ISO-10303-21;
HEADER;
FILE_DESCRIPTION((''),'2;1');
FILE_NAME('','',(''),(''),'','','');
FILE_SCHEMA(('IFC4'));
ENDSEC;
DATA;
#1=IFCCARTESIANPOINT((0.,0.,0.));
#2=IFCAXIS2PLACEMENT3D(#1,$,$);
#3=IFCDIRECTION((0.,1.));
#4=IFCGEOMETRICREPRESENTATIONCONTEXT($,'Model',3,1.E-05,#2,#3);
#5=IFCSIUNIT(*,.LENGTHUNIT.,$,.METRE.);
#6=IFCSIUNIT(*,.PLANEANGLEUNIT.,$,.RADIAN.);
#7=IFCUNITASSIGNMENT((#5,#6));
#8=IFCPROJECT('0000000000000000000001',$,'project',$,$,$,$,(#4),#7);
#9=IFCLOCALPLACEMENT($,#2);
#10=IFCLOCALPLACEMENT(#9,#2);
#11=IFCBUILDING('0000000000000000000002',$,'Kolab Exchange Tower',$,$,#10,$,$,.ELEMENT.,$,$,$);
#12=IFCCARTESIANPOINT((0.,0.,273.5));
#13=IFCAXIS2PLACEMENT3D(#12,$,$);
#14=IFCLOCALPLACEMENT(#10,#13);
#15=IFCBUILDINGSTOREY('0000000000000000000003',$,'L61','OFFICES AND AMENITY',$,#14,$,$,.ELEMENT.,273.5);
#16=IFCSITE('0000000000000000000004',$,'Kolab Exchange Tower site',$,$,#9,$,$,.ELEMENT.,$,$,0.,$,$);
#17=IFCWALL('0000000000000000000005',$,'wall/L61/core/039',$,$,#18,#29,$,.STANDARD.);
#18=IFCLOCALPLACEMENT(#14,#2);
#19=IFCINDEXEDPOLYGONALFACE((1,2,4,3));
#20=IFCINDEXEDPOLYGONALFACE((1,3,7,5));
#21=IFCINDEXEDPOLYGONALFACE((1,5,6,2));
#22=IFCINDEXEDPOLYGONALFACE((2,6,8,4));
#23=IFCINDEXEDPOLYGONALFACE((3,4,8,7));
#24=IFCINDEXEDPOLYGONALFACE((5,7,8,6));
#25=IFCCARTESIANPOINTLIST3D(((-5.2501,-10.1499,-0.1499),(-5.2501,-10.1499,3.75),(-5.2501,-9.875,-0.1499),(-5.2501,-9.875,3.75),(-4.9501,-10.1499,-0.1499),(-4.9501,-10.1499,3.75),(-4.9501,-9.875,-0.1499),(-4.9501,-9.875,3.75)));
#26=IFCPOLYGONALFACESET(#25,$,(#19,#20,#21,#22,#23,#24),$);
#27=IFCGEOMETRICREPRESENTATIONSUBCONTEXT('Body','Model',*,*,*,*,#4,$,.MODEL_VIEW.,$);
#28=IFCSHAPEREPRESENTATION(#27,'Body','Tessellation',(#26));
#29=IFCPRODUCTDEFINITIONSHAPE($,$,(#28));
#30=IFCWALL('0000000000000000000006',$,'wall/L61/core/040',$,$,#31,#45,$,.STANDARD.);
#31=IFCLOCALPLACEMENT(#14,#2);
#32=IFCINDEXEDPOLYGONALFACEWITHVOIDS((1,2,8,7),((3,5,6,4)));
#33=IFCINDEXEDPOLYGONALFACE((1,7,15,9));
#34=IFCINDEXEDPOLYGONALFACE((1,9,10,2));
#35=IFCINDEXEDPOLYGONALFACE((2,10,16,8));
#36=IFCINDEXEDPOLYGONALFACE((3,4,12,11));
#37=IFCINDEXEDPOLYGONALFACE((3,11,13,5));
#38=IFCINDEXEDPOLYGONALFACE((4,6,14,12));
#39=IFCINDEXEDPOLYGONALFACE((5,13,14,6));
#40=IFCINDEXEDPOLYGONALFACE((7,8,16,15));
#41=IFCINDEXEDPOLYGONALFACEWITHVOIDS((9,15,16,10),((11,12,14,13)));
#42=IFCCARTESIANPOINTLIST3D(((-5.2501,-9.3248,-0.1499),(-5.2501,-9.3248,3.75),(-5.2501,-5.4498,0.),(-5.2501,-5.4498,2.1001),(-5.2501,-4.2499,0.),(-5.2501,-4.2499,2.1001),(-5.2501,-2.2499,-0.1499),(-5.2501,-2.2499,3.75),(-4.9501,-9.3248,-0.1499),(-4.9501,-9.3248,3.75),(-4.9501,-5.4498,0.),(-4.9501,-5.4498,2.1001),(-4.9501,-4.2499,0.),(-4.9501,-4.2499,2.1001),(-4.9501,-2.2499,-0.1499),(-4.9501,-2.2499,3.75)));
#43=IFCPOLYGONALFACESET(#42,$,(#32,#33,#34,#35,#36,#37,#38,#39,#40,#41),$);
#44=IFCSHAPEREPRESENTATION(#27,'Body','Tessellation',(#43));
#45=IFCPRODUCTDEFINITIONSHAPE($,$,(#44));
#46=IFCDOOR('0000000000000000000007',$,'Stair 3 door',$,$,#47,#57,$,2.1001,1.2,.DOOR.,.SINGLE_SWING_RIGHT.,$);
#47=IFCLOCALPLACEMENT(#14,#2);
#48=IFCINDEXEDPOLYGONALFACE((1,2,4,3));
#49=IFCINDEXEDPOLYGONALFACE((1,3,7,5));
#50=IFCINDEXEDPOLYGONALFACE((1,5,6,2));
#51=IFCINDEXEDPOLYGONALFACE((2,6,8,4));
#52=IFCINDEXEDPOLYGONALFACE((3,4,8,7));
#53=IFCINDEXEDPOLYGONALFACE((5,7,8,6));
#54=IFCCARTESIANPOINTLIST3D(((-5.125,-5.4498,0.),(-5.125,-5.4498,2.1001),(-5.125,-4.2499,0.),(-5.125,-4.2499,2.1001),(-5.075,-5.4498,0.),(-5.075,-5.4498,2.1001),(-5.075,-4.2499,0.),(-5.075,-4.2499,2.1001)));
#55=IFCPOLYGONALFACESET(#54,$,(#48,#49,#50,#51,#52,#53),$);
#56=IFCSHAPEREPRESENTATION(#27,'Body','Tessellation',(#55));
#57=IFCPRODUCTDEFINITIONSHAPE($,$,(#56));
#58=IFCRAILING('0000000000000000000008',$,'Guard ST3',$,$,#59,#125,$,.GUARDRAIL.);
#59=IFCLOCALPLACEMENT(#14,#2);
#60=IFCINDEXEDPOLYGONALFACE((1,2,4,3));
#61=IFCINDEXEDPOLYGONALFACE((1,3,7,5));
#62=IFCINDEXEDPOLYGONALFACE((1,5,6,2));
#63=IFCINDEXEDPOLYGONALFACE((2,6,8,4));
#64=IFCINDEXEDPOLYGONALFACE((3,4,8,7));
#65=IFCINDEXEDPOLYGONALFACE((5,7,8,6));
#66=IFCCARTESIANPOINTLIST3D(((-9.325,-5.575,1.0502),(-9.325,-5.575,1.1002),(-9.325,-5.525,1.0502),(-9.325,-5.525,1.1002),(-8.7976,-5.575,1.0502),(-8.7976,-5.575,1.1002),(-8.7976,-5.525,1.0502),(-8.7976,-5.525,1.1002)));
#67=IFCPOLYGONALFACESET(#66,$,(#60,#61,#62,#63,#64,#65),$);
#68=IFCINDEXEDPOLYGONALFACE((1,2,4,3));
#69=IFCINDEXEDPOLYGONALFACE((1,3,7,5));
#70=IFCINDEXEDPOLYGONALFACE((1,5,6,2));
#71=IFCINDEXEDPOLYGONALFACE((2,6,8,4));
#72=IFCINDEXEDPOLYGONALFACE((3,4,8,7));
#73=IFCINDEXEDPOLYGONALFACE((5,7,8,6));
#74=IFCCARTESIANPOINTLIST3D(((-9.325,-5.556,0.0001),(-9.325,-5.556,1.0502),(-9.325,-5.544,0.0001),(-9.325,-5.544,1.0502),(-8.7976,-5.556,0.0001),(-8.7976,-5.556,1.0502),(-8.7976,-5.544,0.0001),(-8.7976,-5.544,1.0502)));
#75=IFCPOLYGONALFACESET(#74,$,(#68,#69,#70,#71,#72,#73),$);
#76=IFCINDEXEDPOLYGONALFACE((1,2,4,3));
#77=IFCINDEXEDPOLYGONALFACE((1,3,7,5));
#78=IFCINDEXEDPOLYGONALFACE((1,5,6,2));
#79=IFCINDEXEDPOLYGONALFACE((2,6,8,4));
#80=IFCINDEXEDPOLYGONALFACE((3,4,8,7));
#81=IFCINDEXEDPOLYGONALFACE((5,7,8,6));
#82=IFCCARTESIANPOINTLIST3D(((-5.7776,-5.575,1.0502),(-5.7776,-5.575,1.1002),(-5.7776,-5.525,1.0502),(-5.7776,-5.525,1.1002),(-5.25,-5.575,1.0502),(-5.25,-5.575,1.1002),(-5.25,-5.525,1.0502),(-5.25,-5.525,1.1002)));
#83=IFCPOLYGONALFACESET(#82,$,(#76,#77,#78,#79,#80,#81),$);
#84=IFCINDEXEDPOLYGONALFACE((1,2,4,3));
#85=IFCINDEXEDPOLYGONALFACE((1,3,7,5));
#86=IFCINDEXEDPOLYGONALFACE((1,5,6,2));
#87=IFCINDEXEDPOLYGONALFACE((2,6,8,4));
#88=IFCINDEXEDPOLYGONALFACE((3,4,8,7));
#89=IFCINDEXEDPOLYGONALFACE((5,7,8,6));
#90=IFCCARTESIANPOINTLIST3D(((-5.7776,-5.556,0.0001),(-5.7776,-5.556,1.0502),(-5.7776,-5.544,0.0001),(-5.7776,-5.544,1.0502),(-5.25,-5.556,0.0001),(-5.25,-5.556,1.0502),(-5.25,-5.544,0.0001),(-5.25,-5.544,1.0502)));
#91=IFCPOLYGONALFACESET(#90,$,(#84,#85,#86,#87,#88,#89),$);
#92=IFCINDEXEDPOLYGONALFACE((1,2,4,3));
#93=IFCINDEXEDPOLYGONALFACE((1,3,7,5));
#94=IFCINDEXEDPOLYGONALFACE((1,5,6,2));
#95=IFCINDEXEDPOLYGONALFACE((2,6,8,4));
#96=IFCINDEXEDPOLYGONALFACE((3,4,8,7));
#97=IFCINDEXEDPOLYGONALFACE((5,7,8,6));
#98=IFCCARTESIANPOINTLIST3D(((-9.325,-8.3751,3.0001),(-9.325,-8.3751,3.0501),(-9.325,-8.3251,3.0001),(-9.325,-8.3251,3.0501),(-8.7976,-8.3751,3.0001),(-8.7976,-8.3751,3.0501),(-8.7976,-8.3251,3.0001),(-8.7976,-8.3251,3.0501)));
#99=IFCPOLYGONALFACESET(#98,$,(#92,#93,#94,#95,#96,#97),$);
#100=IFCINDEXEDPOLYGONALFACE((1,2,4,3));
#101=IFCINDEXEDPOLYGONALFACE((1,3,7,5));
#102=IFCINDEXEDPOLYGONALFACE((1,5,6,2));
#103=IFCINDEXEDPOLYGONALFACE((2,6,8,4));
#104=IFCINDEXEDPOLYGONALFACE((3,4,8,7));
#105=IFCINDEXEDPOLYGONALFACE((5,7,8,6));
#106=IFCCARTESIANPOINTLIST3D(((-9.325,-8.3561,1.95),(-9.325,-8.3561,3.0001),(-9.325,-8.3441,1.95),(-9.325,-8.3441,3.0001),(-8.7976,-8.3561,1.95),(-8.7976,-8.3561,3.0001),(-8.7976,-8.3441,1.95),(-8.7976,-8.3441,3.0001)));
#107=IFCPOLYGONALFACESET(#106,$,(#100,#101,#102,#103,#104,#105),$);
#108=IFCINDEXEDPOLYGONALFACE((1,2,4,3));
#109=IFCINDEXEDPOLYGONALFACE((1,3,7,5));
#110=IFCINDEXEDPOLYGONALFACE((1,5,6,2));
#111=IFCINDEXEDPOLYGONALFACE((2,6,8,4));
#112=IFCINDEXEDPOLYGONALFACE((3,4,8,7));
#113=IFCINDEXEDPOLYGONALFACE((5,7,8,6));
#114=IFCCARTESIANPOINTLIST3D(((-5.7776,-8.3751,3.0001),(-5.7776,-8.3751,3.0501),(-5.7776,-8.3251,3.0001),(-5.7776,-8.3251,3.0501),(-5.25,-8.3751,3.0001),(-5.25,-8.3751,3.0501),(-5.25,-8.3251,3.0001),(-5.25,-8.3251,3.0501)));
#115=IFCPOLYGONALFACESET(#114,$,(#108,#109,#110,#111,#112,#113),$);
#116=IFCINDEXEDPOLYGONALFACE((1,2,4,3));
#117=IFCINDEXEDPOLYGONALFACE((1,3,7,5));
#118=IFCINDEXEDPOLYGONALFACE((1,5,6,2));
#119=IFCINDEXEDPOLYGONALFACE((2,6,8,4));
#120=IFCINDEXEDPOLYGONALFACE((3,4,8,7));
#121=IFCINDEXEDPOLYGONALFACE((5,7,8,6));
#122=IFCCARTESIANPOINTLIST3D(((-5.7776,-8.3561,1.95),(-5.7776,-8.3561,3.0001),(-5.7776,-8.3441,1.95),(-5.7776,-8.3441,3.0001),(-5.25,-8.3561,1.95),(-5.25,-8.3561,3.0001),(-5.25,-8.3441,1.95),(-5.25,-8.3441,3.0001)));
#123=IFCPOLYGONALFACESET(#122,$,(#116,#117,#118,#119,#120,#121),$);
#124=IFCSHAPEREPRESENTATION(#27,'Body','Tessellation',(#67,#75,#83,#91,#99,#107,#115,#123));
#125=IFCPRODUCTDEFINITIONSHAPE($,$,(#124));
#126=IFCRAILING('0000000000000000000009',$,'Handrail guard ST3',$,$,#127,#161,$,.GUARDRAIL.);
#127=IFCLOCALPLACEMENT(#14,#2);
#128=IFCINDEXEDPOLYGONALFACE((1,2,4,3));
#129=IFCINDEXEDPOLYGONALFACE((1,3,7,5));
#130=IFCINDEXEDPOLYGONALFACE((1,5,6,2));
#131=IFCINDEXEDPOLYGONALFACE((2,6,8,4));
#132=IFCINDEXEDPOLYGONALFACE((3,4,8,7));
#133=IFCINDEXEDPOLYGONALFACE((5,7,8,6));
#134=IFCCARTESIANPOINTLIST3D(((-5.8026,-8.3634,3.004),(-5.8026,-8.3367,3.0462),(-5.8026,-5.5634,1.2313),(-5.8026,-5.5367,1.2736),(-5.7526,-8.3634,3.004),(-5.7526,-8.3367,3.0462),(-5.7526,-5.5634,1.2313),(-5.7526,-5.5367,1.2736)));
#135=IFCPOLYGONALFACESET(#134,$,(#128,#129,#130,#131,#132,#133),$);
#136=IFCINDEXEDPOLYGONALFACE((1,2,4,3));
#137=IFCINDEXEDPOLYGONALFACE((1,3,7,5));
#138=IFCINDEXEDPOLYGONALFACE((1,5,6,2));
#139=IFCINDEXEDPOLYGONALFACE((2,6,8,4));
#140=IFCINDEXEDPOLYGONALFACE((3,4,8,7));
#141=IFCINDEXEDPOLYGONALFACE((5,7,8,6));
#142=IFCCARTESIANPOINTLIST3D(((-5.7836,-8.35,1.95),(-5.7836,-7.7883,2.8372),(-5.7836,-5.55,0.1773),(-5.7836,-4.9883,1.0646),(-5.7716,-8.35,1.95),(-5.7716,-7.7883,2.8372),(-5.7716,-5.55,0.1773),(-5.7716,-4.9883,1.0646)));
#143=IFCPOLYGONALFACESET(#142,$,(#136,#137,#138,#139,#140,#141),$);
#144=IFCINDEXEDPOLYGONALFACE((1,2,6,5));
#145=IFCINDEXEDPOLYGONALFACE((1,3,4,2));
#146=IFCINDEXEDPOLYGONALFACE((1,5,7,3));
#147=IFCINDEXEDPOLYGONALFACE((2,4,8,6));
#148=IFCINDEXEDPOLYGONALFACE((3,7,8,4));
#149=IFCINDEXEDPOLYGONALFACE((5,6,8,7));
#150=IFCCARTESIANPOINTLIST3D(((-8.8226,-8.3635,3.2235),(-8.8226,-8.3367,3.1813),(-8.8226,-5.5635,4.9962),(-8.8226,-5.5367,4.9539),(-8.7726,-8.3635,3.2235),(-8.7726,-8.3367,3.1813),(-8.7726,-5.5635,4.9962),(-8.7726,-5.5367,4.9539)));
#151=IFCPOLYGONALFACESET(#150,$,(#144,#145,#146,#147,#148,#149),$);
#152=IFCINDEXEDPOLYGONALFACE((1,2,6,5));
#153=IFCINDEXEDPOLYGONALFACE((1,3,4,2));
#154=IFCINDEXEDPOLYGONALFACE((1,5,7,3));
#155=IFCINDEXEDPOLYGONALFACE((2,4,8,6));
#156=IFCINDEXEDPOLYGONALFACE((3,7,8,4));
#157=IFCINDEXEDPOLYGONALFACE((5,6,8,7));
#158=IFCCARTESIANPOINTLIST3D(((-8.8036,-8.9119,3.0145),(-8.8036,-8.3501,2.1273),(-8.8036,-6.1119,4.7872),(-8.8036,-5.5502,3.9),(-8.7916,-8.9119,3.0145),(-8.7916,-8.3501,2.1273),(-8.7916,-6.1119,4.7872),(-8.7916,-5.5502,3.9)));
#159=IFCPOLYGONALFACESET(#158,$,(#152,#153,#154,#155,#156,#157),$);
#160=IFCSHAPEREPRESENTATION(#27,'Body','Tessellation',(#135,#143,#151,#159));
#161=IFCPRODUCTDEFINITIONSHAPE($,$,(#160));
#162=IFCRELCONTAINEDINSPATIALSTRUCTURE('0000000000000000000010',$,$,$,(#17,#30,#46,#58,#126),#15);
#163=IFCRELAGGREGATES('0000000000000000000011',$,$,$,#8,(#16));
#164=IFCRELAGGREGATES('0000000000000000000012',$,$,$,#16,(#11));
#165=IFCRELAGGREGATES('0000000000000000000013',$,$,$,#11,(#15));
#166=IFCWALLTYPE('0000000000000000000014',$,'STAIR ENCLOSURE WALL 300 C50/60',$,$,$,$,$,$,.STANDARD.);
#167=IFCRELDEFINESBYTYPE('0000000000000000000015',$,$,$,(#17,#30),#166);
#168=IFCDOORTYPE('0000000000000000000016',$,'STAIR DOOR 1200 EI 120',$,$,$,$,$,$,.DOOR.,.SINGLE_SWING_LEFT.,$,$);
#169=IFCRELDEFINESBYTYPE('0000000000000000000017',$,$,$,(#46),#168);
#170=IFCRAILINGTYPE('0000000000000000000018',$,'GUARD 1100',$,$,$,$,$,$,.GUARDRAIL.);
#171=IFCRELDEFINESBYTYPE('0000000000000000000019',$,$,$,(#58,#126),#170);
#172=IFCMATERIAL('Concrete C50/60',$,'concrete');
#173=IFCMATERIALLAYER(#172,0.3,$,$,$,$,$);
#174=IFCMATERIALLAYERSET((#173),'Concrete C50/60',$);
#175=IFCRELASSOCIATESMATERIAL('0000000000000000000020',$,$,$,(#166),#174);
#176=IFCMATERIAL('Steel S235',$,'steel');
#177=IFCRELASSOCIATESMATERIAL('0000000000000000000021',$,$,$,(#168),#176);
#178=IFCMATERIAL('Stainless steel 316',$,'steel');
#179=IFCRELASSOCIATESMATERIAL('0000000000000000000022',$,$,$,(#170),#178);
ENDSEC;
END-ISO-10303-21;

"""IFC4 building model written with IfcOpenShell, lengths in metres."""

from ifc_helpers import new_model, si_unit, direction, frame, frame_2d, origin, origin_2d, place, context, subcontext, project, spatial, rectangle, extrude, material, layer, layer_set, type_object, element, fill, save


model = new_model("IFC4")

# Units and contexts
model_context = context("Model", 3, precision=1e-05, world=origin(), true_north=direction((0.0, 1.0)))
body_context = subcontext(model_context, "Body", "Model", "MODEL_VIEW")
ifc_project = project(units=[si_unit("LENGTHUNIT", "METRE"), si_unit("PLANEANGLEUNIT", "RADIAN")], contexts=[model_context])

# Site, building, storey
site_placement = place(None, origin())
site = spatial("IfcSite", under=ifc_project, at=site_placement, Name="Kolab Exchange Tower site", CompositionType="ELEMENT", RefElevation=0.0)
building_placement = place(site_placement, origin())
building = spatial("IfcBuilding", under=site, at=building_placement, Name="Kolab Exchange Tower", CompositionType="ELEMENT")
storey_placement = place(building_placement, frame((0.0, 0.0, 273.5)))
storey = spatial("IfcBuildingStorey", under=building, at=storey_placement, Name="L61", Description="OFFICES AND AMENITY", CompositionType="ELEMENT", Elevation=273.5)

# Shared definitions
ifc_material_1 = material(Name="Concrete C50/60", Category="concrete")
ifc_material_2 = material(Name="Steel S235", Category="steel")

# Shared definitions
ifc_material_3 = material(Name="Stainless steel 316", Category="steel")

# Wall
ifc_layer_1 = layer(ifc_material_1, 0.3)
ifc_layer_set_1 = layer_set([ifc_layer_1], Name="Concrete C50/60")
wall_type_1 = type_object("IfcWallType", Name="STAIR ENCLOSURE WALL 300 C50/60", PredefinedType="STANDARD", material=ifc_layer_set_1)
wall_1_placement = place(storey_placement, frame((-5.1001, -10.1499, -0.1499), z_axis=(0.0, 0.0, 1.0), x_axis=(0.0, 1.0, 0.0)))
element("IfcWall", 1, at=wall_1_placement, inside=storey, type_object=wall_type_1, Name="wall/L61/core/039", PredefinedType="STANDARD", context=body_context, shape_type="SweptSolid", body=[
    extrude(rectangle(XDim=0.2749, YDim=0.3, at=frame_2d((0.1375, 0.0))), origin(), (0.0, 0.0, 1.0), 3.8999),
])

# Wall, opening, door
wall_2_placement = place(storey_placement, frame((-5.1001, -9.325, -0.1499), z_axis=(0.0, 0.0, 1.0), x_axis=(0.0, 1.0, 0.0)))
wall_2 = element("IfcWall", 2, at=wall_2_placement, inside=storey, type_object=wall_type_1, Name="wall/L61/core/040", PredefinedType="STANDARD", context=body_context, shape_type="SweptSolid", body=[
    extrude(rectangle(XDim=7.075, YDim=0.3, at=frame_2d((3.5376, 0.0))), origin(), (0.0, 0.0, 1.0), 3.8999),
])
opening_1_placement = place(wall_2_placement, frame((3.875, 0.0, 0.1499)))
opening_1 = element("IfcOpeningElement", 3, at=opening_1_placement, cuts=wall_2, PredefinedType="OPENING", context=body_context, shape_type="SweptSolid", body=[
    extrude(rectangle(XDim=1.2, YDim=2.1001, at=frame_2d((0.6001, 1.05))), frame((0.0, 0.1602, 0.0), z_axis=(0.0, -1.0, 0.0), x_axis=(1.0, 0.0, 0.0)), (0.0, 0.0, 1.0), 0.3201),
])
door_type_1 = type_object("IfcDoorType", Name="STAIR DOOR 1200 EI 120", OperationType="SINGLE_SWING_LEFT", PredefinedType="DOOR", material=ifc_material_2)
door_1_placement = place(opening_1_placement, origin())
door_1 = element("IfcDoor", 4, at=door_1_placement, inside=storey, type_object=door_type_1, Name="Stair 3 door", OperationType="SINGLE_SWING_RIGHT", OverallHeight=2.1001, OverallWidth=1.2, PredefinedType="DOOR", context=body_context, shape_type="SweptSolid", body=[
    extrude(rectangle(XDim=1.2, YDim=2.1001, at=frame_2d((0.6001, 1.05))), frame((0.0, 0.0249, 0.0), z_axis=(0.0, -1.0, 0.0), x_axis=(1.0, 0.0, 0.0)), (0.0, 0.0, 1.0), 0.05),
])
fill(opening_1, door_1)

# Railings
railing_type = type_object("IfcRailingType", Name="GUARD 1100", PredefinedType="GUARDRAIL", material=ifc_material_3)
railing_1_placement = place(storey_placement, frame((-9.325, -5.55, 0.0)))
element("IfcRailing", 5, at=railing_1_placement, inside=storey, type_object=railing_type, Name="Guard ST3", PredefinedType="GUARDRAIL", context=body_context, shape_type="SweptSolid", body=[
    extrude(rectangle(XDim=0.05, YDim=0.05, at=origin_2d()), frame((0.0, 0.0, 1.0752), z_axis=(1.0, 0.0, 0.0), x_axis=(0.0, 1.0, 0.0)), (0.0, 0.0, 1.0), 0.5273),
    extrude(rectangle(XDim=0.012, YDim=1.0501, at=frame_2d((0.0, 0.5251))), frame((0.0, 0.0, 0.0), z_axis=(1.0, 0.0, 0.0), x_axis=(0.0, 1.0, 0.0)), (0.0, 0.0, 1.0), 0.5273),
    extrude(rectangle(XDim=0.05, YDim=0.05, at=origin_2d()), frame((3.5474, 0.0, 1.0752), z_axis=(1.0, 0.0, 0.0), x_axis=(0.0, 1.0, 0.0)), (0.0, 0.0, 1.0), 0.5276),
    extrude(rectangle(XDim=0.012, YDim=1.0501, at=frame_2d((0.0, 0.5251))), frame((3.5474, 0.0, 0.0), z_axis=(1.0, 0.0, 0.0), x_axis=(0.0, 1.0, 0.0)), (0.0, 0.0, 1.0), 0.5276),
    extrude(rectangle(XDim=0.05, YDim=0.05, at=origin_2d()), frame((0.0, -2.8, 3.0251), z_axis=(1.0, 0.0, 0.0), x_axis=(0.0, 1.0, 0.0)), (0.0, 0.0, 1.0), 0.5273),
    extrude(rectangle(XDim=0.012, YDim=1.0501, at=frame_2d((0.0, 0.5251))), frame((0.0, -2.8, 1.95), z_axis=(1.0, 0.0, 0.0), x_axis=(0.0, 1.0, 0.0)), (0.0, 0.0, 1.0), 0.5273),
    extrude(rectangle(XDim=0.05, YDim=0.05, at=origin_2d()), frame((3.5474, -2.8, 3.0251), z_axis=(1.0, 0.0, 0.0), x_axis=(0.0, 1.0, 0.0)), (0.0, 0.0, 1.0), 0.5276),
    extrude(rectangle(XDim=0.012, YDim=1.0501, at=frame_2d((0.0, 0.5251))), frame((3.5474, -2.8, 1.95), z_axis=(1.0, 0.0, 0.0), x_axis=(0.0, 1.0, 0.0)), (0.0, 0.0, 1.0), 0.5276),
])
railing_2_placement = place(storey_placement, frame((-5.7776, -5.55, 0.1772)))
element("IfcRailing", 6, at=railing_2_placement, inside=storey, type_object=railing_type, Name="Handrail guard ST3", PredefinedType="GUARDRAIL", context=body_context, shape_type="SweptSolid", body=[
    extrude(rectangle(XDim=0.05, YDim=0.05, at=origin_2d()), frame((0.0, 0.0, 1.0752), z_axis=(0.0, -0.844909, 0.53491), x_axis=(1.0, 0.0, 0.0)), (0.0, 0.0, 1.0), 3.314),
    extrude(rectangle(XDim=0.012, YDim=1.0501, at=frame_2d((0.0, 0.5251))), frame((0.0, 0.0, 0.0), z_axis=(0.0, -0.844909, 0.53491), x_axis=(1.0, 0.0, 0.0)), (0.0, 0.0, 1.0), 3.314),
    extrude(rectangle(XDim=0.05, YDim=0.05, at=origin_2d()), frame((-3.02, -2.8, 3.0251), z_axis=(0.0, 0.844909, 0.53491), x_axis=(-1.0, 0.0, 0.0)), (0.0, 0.0, 1.0), 3.314),
    extrude(rectangle(XDim=0.012, YDim=1.0501, at=frame_2d((0.0, 0.5251))), frame((-3.02, -2.8, 1.95), z_axis=(0.0, 0.844909, 0.53491), x_axis=(-1.0, 0.0, 0.0)), (0.0, 0.0, 1.0), 3.314),
])

save(model, "model.ifc")
